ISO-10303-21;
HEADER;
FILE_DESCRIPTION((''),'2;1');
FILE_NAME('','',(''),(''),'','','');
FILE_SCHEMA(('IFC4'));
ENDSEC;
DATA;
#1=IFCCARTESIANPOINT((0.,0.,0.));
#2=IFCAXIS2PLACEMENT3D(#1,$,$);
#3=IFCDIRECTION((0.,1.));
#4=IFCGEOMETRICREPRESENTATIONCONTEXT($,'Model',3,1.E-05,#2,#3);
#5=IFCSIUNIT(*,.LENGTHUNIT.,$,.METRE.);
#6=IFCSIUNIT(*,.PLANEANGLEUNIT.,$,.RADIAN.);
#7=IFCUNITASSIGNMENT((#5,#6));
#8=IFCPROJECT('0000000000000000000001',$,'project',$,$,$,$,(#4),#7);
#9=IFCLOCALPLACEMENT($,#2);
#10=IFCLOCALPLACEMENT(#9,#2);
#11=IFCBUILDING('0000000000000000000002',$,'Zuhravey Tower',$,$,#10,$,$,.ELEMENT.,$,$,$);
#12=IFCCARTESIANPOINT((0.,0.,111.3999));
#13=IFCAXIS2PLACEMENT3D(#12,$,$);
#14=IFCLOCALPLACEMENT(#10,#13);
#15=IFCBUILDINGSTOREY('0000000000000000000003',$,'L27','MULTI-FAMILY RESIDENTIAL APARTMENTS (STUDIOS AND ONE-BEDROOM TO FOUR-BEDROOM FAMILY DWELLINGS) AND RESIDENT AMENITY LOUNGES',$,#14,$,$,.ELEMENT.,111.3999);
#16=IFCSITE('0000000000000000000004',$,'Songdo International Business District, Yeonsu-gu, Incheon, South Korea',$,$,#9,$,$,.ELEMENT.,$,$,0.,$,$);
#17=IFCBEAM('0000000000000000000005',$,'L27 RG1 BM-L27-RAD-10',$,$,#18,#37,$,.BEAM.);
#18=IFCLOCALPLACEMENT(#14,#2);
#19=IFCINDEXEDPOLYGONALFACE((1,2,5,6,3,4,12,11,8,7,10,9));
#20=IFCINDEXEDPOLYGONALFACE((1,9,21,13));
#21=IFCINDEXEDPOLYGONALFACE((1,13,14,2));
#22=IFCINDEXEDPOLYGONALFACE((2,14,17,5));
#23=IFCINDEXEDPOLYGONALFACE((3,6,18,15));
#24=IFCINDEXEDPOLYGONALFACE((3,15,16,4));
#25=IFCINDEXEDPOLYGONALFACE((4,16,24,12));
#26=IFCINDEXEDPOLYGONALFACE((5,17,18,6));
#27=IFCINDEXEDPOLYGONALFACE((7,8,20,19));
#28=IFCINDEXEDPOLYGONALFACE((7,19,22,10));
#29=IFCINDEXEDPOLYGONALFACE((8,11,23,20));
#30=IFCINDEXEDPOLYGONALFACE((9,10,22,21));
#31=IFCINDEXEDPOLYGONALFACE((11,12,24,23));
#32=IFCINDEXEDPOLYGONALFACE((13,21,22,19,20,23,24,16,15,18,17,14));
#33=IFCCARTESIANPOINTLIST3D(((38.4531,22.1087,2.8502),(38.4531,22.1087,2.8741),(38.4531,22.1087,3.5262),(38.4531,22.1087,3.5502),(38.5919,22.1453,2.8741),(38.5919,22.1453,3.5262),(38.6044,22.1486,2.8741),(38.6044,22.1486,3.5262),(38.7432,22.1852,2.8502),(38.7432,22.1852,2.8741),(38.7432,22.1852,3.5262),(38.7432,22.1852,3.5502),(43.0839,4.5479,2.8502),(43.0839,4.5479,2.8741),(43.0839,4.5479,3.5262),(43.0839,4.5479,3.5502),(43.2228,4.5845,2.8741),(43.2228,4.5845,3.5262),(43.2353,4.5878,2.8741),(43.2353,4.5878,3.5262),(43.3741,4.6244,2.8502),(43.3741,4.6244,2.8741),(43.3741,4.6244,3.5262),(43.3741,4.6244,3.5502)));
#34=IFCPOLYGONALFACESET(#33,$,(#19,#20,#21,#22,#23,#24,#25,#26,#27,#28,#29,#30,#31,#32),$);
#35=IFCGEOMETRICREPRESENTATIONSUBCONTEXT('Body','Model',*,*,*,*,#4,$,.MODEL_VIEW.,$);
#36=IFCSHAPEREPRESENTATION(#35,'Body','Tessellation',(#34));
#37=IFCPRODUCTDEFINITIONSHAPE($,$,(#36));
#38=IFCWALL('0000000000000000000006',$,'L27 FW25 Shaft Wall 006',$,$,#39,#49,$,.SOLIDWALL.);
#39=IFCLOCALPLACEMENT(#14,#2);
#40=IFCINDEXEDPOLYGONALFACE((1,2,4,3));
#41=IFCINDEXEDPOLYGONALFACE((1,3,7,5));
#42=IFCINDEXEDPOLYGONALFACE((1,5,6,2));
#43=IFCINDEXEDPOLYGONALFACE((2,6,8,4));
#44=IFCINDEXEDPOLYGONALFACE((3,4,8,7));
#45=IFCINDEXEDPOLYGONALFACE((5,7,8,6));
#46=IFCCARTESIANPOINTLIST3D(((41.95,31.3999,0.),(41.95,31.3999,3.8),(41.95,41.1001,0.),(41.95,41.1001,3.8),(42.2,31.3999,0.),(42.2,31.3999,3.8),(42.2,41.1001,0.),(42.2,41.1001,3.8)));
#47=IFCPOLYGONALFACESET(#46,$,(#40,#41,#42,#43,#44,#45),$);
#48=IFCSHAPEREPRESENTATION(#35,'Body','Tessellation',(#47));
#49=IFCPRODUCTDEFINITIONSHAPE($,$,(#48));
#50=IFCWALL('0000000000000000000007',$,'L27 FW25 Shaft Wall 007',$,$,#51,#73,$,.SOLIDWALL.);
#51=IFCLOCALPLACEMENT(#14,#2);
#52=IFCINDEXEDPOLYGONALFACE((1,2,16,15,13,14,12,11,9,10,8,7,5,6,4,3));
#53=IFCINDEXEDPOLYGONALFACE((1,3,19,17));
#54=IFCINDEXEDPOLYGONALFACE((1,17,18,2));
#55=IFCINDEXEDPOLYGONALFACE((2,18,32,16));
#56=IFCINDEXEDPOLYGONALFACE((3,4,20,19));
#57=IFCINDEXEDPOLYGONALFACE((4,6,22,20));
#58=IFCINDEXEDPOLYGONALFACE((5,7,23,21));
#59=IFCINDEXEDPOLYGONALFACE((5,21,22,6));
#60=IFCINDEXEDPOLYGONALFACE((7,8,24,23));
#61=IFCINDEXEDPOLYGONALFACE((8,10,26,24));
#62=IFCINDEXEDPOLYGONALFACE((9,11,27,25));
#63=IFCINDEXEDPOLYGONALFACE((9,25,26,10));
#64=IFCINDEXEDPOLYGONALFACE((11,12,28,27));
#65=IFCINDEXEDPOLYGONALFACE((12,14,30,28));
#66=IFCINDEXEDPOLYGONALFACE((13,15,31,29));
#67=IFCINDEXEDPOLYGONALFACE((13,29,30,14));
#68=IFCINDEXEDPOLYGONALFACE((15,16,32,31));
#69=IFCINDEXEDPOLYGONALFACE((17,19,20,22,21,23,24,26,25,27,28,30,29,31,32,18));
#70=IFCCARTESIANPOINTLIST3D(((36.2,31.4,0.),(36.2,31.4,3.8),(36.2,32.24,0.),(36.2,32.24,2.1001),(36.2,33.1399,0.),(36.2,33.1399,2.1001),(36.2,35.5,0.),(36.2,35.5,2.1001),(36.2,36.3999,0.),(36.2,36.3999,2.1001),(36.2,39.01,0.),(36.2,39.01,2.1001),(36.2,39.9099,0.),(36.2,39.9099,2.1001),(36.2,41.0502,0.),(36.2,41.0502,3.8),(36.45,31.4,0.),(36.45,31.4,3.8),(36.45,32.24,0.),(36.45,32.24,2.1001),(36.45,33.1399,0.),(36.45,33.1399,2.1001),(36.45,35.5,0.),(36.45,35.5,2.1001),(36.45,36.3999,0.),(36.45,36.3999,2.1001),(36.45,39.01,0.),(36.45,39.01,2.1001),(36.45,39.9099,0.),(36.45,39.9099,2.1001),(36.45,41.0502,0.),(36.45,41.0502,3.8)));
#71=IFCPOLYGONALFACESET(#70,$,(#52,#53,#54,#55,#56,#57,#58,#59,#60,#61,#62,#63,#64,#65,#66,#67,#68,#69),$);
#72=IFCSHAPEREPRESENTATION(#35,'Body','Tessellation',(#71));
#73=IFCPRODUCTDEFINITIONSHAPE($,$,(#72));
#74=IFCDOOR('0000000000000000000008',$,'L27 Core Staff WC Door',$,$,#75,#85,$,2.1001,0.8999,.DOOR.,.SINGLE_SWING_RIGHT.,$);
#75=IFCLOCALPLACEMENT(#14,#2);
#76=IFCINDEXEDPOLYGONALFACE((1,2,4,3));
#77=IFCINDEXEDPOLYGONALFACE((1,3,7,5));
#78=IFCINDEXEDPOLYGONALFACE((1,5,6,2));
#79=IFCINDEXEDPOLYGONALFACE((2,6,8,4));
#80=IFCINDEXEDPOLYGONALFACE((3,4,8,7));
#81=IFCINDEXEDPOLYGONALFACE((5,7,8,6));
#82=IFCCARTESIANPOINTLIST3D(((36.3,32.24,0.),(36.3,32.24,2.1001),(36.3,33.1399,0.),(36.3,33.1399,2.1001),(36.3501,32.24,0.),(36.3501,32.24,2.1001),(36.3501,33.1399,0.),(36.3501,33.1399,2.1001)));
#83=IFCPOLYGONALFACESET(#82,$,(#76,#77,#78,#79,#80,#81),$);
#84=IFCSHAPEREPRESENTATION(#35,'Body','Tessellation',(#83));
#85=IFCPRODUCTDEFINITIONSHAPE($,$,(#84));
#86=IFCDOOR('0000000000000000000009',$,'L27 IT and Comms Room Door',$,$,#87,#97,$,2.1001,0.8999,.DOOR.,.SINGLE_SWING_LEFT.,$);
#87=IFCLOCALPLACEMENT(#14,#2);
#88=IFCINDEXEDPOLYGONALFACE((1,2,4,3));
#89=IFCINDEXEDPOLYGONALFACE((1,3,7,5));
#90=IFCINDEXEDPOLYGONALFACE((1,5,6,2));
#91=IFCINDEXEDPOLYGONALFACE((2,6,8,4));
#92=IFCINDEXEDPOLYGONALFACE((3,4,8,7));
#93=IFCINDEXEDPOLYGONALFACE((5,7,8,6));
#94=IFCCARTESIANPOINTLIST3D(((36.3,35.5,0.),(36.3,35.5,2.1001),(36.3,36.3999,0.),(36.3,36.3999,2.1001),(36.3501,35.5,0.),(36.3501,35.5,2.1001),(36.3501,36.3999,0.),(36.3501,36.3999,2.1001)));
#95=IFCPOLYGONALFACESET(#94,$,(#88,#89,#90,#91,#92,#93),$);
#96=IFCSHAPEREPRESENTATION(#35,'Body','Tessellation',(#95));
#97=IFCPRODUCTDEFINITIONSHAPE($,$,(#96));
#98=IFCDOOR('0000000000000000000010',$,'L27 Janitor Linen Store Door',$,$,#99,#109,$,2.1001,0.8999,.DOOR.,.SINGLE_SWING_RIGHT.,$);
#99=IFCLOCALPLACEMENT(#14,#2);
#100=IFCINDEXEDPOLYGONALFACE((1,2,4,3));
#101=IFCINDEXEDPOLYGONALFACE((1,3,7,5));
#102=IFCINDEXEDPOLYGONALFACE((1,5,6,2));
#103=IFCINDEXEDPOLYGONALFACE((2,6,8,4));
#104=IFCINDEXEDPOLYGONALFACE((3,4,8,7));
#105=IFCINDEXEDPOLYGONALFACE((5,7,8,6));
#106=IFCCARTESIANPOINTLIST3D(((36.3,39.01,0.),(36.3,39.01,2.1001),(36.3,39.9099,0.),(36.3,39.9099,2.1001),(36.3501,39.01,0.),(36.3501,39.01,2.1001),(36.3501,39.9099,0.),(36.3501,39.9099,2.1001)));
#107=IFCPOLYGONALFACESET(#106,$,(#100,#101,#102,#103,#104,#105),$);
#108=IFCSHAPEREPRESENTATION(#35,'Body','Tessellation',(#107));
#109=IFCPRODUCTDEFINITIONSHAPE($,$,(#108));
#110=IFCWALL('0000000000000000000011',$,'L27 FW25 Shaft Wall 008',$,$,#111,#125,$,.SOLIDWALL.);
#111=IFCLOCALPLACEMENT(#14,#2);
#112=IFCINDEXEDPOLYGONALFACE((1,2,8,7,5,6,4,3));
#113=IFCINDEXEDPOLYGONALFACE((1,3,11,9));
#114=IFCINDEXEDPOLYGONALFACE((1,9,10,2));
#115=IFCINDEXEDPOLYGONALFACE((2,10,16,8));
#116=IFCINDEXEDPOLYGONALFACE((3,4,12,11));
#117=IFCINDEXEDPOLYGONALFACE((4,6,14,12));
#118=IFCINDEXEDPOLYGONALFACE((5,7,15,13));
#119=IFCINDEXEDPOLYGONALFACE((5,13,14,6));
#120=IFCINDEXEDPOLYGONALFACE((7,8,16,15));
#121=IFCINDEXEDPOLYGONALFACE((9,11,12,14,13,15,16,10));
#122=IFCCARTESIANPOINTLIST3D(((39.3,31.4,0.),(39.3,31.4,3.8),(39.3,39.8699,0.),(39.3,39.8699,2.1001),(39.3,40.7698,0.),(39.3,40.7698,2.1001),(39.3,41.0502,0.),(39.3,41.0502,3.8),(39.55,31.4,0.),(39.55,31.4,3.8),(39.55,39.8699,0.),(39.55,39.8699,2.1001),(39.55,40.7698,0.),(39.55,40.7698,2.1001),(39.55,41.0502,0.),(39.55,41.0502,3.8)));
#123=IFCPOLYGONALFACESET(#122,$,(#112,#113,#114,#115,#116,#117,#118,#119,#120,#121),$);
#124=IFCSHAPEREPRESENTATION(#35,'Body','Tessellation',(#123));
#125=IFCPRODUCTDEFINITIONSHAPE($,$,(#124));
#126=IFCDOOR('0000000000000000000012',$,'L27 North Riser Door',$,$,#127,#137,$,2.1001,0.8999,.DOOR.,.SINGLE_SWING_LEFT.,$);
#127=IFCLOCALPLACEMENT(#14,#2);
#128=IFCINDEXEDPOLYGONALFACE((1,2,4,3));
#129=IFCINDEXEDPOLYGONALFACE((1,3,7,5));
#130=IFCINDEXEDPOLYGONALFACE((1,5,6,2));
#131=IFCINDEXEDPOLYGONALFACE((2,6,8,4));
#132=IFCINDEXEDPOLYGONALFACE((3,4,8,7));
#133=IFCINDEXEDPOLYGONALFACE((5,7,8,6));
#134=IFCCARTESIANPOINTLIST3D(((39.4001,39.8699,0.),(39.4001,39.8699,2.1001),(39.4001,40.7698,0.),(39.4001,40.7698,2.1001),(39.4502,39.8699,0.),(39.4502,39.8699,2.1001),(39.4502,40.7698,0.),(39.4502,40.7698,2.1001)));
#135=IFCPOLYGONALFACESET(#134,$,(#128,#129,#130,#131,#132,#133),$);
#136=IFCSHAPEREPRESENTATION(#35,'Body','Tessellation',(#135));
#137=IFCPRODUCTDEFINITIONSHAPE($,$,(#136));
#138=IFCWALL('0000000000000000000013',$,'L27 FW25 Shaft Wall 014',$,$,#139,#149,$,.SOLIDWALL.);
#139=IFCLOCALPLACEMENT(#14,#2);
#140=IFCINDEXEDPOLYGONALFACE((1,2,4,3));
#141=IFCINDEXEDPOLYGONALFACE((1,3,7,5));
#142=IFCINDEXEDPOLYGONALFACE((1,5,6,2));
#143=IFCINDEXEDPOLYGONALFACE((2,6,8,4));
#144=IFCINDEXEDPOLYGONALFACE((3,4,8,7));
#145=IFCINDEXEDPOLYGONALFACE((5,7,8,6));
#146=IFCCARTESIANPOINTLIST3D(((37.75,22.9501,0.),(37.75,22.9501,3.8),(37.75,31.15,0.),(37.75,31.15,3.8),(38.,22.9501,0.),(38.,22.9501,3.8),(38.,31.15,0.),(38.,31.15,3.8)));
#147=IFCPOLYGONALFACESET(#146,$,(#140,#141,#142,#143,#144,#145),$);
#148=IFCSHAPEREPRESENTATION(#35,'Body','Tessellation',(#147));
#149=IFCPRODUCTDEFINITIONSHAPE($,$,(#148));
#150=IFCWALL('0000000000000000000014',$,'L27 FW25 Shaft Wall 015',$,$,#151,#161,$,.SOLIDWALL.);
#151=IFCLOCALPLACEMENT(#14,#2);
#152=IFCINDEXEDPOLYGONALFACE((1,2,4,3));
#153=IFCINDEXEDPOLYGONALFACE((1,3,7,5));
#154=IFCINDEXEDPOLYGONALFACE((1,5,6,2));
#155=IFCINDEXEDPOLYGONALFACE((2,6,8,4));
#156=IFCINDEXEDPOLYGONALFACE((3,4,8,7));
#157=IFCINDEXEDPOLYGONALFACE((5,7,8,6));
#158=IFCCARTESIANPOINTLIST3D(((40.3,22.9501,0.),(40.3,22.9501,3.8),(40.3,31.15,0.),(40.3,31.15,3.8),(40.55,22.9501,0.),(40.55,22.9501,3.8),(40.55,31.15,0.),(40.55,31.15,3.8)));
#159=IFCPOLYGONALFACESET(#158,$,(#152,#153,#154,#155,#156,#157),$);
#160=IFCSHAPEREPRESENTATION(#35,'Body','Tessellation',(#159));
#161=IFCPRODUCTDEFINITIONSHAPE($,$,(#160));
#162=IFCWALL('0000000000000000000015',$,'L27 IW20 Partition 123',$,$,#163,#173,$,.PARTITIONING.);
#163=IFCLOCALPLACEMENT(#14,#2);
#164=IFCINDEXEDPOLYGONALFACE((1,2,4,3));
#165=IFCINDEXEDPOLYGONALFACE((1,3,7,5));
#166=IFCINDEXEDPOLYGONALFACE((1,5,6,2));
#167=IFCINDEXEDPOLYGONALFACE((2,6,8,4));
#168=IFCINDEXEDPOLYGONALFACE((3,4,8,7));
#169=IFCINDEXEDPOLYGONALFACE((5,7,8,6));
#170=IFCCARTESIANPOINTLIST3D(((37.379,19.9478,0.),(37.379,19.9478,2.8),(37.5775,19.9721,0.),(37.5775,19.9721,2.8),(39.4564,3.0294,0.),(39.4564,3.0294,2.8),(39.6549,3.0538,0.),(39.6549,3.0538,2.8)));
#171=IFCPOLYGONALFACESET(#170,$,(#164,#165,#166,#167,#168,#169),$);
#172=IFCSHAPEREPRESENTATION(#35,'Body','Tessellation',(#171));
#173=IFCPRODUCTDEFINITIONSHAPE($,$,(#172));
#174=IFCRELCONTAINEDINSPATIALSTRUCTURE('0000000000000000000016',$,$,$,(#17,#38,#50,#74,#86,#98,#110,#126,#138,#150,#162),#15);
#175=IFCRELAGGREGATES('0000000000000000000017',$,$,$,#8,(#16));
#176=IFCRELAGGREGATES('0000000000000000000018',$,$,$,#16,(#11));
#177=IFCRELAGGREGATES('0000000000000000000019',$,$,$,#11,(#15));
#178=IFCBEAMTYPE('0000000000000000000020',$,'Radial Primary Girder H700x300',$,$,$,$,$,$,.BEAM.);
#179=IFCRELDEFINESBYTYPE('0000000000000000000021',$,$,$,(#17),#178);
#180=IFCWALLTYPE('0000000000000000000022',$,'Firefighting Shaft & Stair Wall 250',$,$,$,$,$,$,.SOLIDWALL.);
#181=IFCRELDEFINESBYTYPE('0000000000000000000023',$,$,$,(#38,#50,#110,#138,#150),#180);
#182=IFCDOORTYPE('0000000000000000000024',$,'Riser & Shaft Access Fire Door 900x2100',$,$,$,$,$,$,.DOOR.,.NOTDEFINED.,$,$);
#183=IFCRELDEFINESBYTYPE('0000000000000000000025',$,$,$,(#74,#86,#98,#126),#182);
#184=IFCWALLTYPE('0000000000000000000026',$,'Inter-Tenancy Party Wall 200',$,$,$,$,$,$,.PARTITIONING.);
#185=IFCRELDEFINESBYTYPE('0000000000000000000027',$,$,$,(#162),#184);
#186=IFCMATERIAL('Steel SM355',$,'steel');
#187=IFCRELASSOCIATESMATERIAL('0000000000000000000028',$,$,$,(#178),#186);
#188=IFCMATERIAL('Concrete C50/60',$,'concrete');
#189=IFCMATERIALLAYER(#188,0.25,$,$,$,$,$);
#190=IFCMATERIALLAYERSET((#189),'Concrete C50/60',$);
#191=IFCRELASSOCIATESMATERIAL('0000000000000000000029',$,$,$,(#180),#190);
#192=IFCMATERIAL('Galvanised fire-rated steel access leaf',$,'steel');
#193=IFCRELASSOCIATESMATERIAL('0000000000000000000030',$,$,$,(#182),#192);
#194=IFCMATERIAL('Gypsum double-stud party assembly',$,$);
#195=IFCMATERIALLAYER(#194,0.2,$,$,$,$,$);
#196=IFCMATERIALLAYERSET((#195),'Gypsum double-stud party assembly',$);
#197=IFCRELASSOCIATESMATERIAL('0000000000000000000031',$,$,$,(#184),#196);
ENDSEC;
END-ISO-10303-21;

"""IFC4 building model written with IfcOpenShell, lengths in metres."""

from ifc_helpers import new_model, si_unit, direction, frame, frame_2d, origin, origin_2d, place, context, subcontext, project, spatial, rectangle, i_section, extrude, material, layer, layer_set, material_profile, profile_set, type_object, element, fill, save


model = new_model("IFC4")

# Units and contexts
model_context = context("Model", 3, precision=1e-05, world=origin(), true_north=direction((0.0, 1.0)))
body_context = subcontext(model_context, "Body", "Model", "MODEL_VIEW")
ifc_project = project(units=[si_unit("LENGTHUNIT", "METRE"), si_unit("PLANEANGLEUNIT", "RADIAN")], contexts=[model_context])

# Site, building, storey
site_placement = place(None, origin())
site = spatial("IfcSite", under=ifc_project, at=site_placement, Name="Songdo International Business District, Yeonsu-gu, Incheon, South Korea", CompositionType="ELEMENT", RefElevation=0.0)
building_placement = place(site_placement, origin())
building = spatial("IfcBuilding", under=site, at=building_placement, Name="Zuhravey Tower", CompositionType="ELEMENT")
storey_placement = place(building_placement, frame((0.0, 0.0, 111.3999)))
storey = spatial("IfcBuildingStorey", under=building, at=storey_placement, Name="L27", Description="MULTI-FAMILY RESIDENTIAL APARTMENTS (STUDIOS AND ONE-BEDROOM TO FOUR-BEDROOM FAMILY DWELLINGS) AND RESIDENT AMENITY LOUNGES", CompositionType="ELEMENT", Elevation=111.3999)

# Beam
ifc_material_1 = material(Name="Steel SM355", Category="steel")
ifc_material_profile = material_profile(ifc_material_1, i_section(OverallWidth=0.3, OverallDepth=0.7, WebThickness=0.0129, FlangeThickness=0.0239, at=origin_2d()), Name="H-700x300x13x24")
ifc_profile_set = profile_set([ifc_material_profile], Name="Steel SM355")
beam_type = type_object("IfcBeamType", Name="Radial Primary Girder H700x300", PredefinedType="BEAM", material=ifc_profile_set)
beam_placement = place(storey_placement, frame((38.5981, 22.147, 3.2002), z_axis=(0.254988, -0.966944, 0.0), x_axis=(0.966944, 0.254988, 0.0)))
element("IfcBeam", 1, at=beam_placement, inside=storey, type_object=beam_type, Name="L27 RG1 BM-L27-RAD-10", PredefinedType="BEAM", context=body_context, shape_type="SweptSolid", body=[
    extrude(i_section(OverallWidth=0.3, OverallDepth=0.7, WebThickness=0.0129, FlangeThickness=0.0239, at=origin_2d()), origin(), (0.0, 0.0, 1.0), 18.1611),
])

# Shared definitions
ifc_material_2 = material(Name="Concrete C50/60", Category="concrete")
ifc_layer_1 = layer(ifc_material_2, 0.25)
ifc_layer_set_1 = layer_set([ifc_layer_1], Name="Concrete C50/60")
wall_type_1 = type_object("IfcWallType", Name="Firefighting Shaft & Stair Wall 250", PredefinedType="SOLIDWALL", material=ifc_layer_set_1)

# Wall
wall_1_placement = place(storey_placement, frame((42.075, 31.3999, 0.0), z_axis=(0.0, 0.0, 1.0), x_axis=(0.0, 1.0, 0.0)))
element("IfcWall", 2, at=wall_1_placement, inside=storey, type_object=wall_type_1, Name="L27 FW25 Shaft Wall 006", PredefinedType="SOLIDWALL", context=body_context, shape_type="SweptSolid", body=[
    extrude(rectangle(XDim=9.7002, YDim=0.25, at=frame_2d((4.8501, 0.0))), origin(), (0.0, 0.0, 1.0), 3.8),
])

# Wall, openings, doors
wall_2_placement = place(storey_placement, frame((36.325, 31.3999, 0.0), z_axis=(0.0, 0.0, 1.0), x_axis=(0.0, 1.0, 0.0)))
wall_2 = element("IfcWall", 3, at=wall_2_placement, inside=storey, type_object=wall_type_1, Name="L27 FW25 Shaft Wall 007", PredefinedType="SOLIDWALL", context=body_context, shape_type="SweptSolid", body=[
    extrude(rectangle(XDim=9.6501, YDim=0.25, at=frame_2d((4.8252, 0.0))), origin(), (0.0, 0.0, 1.0), 3.8),
])
opening_1_placement = place(wall_2_placement, frame((0.8401, 0.0, 0.0)))
opening_1 = element("IfcOpeningElement", 4, at=opening_1_placement, cuts=wall_2, PredefinedType="OPENING", context=body_context, shape_type="SweptSolid", body=[
    extrude(rectangle(XDim=0.8999, YDim=2.1001, at=frame_2d((0.45, 1.05))), frame((0.0, 0.137, 0.0), z_axis=(0.0, -1.0, 0.0), x_axis=(1.0, 0.0, 0.0)), (0.0, 0.0, 1.0), 0.2739),
])
opening_2_placement = place(wall_2_placement, frame((4.1001, 0.0, 0.0)))
opening_2 = element("IfcOpeningElement", 5, at=opening_2_placement, cuts=wall_2, PredefinedType="OPENING", context=body_context, shape_type="SweptSolid", body=[
    extrude(rectangle(XDim=0.8999, YDim=2.1001, at=frame_2d((0.45, 1.05))), frame((0.0, 0.137, 0.0), z_axis=(0.0, -1.0, 0.0), x_axis=(1.0, 0.0, 0.0)), (0.0, 0.0, 1.0), 0.2739),
])
opening_3_placement = place(wall_2_placement, frame((7.6101, 0.0, 0.0)))
opening_3 = element("IfcOpeningElement", 6, at=opening_3_placement, cuts=wall_2, PredefinedType="OPENING", context=body_context, shape_type="SweptSolid", body=[
    extrude(rectangle(XDim=0.8999, YDim=2.1001, at=frame_2d((0.45, 1.05))), frame((0.0, 0.137, 0.0), z_axis=(0.0, -1.0, 0.0), x_axis=(1.0, 0.0, 0.0)), (0.0, 0.0, 1.0), 0.2739),
])
ifc_material_3 = material(Name="Galvanised fire-rated steel access leaf", Category="steel")
door_type_1 = type_object("IfcDoorType", Name="Riser & Shaft Access Fire Door 900x2100", OperationType="NOTDEFINED", PredefinedType="DOOR", material=ifc_material_3)
door_1_placement = place(opening_1_placement, origin())
door_1 = element("IfcDoor", 7, at=door_1_placement, inside=storey, type_object=door_type_1, Name="L27 Core Staff WC Door", OperationType="SINGLE_SWING_RIGHT", OverallHeight=2.1001, OverallWidth=0.8999, PredefinedType="DOOR", context=body_context, shape_type="SweptSolid", body=[
    extrude(rectangle(XDim=0.8999, YDim=2.1001, at=frame_2d((0.45, 1.05))), frame((0.0, 0.0249, 0.0), z_axis=(0.0, -1.0, 0.0), x_axis=(1.0, 0.0, 0.0)), (0.0, 0.0, 1.0), 0.05),
])
fill(opening_1, door_1)
door_2_placement = place(opening_2_placement, origin())
door_2 = element("IfcDoor", 8, at=door_2_placement, inside=storey, type_object=door_type_1, Name="L27 IT and Comms Room Door", OperationType="SINGLE_SWING_LEFT", OverallHeight=2.1001, OverallWidth=0.8999, PredefinedType="DOOR", context=body_context, shape_type="SweptSolid", body=[
    extrude(rectangle(XDim=0.8999, YDim=2.1001, at=frame_2d((0.45, 1.05))), frame((0.0, 0.0249, 0.0), z_axis=(0.0, -1.0, 0.0), x_axis=(1.0, 0.0, 0.0)), (0.0, 0.0, 1.0), 0.05),
])
fill(opening_2, door_2)
door_3_placement = place(opening_3_placement, origin())
door_3 = element("IfcDoor", 9, at=door_3_placement, inside=storey, type_object=door_type_1, Name="L27 Janitor Linen Store Door", OperationType="SINGLE_SWING_RIGHT", OverallHeight=2.1001, OverallWidth=0.8999, PredefinedType="DOOR", context=body_context, shape_type="SweptSolid", body=[
    extrude(rectangle(XDim=0.8999, YDim=2.1001, at=frame_2d((0.45, 1.05))), frame((0.0, 0.0249, 0.0), z_axis=(0.0, -1.0, 0.0), x_axis=(1.0, 0.0, 0.0)), (0.0, 0.0, 1.0), 0.05),
])
fill(opening_3, door_3)

# Wall, opening, door
wall_3_placement = place(storey_placement, frame((39.425, 31.3999, 0.0), z_axis=(0.0, 0.0, 1.0), x_axis=(0.0, 1.0, 0.0)))
wall_3 = element("IfcWall", 10, at=wall_3_placement, inside=storey, type_object=wall_type_1, Name="L27 FW25 Shaft Wall 008", PredefinedType="SOLIDWALL", context=body_context, shape_type="SweptSolid", body=[
    extrude(rectangle(XDim=9.6501, YDim=0.25, at=frame_2d((4.8252, 0.0))), origin(), (0.0, 0.0, 1.0), 3.8),
])
opening_4_placement = place(wall_3_placement, frame((8.47, 0.0, 0.0)))
opening_4 = element("IfcOpeningElement", 11, at=opening_4_placement, cuts=wall_3, PredefinedType="OPENING", context=body_context, shape_type="SweptSolid", body=[
    extrude(rectangle(XDim=0.8999, YDim=2.1001, at=frame_2d((0.45, 1.05))), frame((0.0, 0.137, 0.0), z_axis=(0.0, -1.0, 0.0), x_axis=(1.0, 0.0, 0.0)), (0.0, 0.0, 1.0), 0.2739),
])
door_4_placement = place(opening_4_placement, origin())
door_4 = element("IfcDoor", 12, at=door_4_placement, inside=storey, type_object=door_type_1, Name="L27 North Riser Door", OperationType="SINGLE_SWING_LEFT", OverallHeight=2.1001, OverallWidth=0.8999, PredefinedType="DOOR", context=body_context, shape_type="SweptSolid", body=[
    extrude(rectangle(XDim=0.8999, YDim=2.1001, at=frame_2d((0.45, 1.05))), frame((0.0, 0.0249, 0.0), z_axis=(0.0, -1.0, 0.0), x_axis=(1.0, 0.0, 0.0)), (0.0, 0.0, 1.0), 0.05),
])
fill(opening_4, door_4)

# Walls
for number, where, z_axis, x_axis, name in (
    (13, (37.875, 22.95, 0.0), (0.0, 0.0, 1.0), (0.0, 1.0, 0.0), "L27 FW25 Shaft Wall 014"),
    (14, (40.425, 22.95, 0.0), (0.0, 0.0, 1.0), (0.0, 1.0, 0.0), "L27 FW25 Shaft Wall 015"),
):
    element("IfcWall", number, at=place(storey_placement, frame(where, z_axis=z_axis, x_axis=x_axis)), inside=storey, type_object=wall_type_1, Name=name, PredefinedType="SOLIDWALL", context=body_context, shape_type="SweptSolid", body=[
        extrude(rectangle(XDim=8.2, YDim=0.25, at=frame_2d((4.1001, 0.0))), origin(), (0.0, 0.0, 1.0), 3.8),
    ])
ifc_material_4 = material(Name="Gypsum double-stud party assembly")
ifc_layer_2 = layer(ifc_material_4, 0.2)
ifc_layer_set_2 = layer_set([ifc_layer_2], Name="Gypsum double-stud party assembly")
wall_type_2 = type_object("IfcWallType", Name="Inter-Tenancy Party Wall 200", PredefinedType="PARTITIONING", material=ifc_layer_set_2)
wall_4_placement = place(storey_placement, frame((37.4783, 19.96, 0.0), z_axis=(0.0, 0.0, 1.0), x_axis=(0.121873, -0.992546, 0.0)))
element("IfcWall", 15, at=wall_4_placement, inside=storey, type_object=wall_type_2, Name="L27 IW20 Partition 123", PredefinedType="PARTITIONING", context=body_context, shape_type="SweptSolid", body=[
    extrude(rectangle(XDim=17.0454, YDim=0.2, at=frame_2d((8.5227, 0.0))), origin(), (0.0, 0.0, 1.0), 2.8),
])

save(model, "model.ifc")
